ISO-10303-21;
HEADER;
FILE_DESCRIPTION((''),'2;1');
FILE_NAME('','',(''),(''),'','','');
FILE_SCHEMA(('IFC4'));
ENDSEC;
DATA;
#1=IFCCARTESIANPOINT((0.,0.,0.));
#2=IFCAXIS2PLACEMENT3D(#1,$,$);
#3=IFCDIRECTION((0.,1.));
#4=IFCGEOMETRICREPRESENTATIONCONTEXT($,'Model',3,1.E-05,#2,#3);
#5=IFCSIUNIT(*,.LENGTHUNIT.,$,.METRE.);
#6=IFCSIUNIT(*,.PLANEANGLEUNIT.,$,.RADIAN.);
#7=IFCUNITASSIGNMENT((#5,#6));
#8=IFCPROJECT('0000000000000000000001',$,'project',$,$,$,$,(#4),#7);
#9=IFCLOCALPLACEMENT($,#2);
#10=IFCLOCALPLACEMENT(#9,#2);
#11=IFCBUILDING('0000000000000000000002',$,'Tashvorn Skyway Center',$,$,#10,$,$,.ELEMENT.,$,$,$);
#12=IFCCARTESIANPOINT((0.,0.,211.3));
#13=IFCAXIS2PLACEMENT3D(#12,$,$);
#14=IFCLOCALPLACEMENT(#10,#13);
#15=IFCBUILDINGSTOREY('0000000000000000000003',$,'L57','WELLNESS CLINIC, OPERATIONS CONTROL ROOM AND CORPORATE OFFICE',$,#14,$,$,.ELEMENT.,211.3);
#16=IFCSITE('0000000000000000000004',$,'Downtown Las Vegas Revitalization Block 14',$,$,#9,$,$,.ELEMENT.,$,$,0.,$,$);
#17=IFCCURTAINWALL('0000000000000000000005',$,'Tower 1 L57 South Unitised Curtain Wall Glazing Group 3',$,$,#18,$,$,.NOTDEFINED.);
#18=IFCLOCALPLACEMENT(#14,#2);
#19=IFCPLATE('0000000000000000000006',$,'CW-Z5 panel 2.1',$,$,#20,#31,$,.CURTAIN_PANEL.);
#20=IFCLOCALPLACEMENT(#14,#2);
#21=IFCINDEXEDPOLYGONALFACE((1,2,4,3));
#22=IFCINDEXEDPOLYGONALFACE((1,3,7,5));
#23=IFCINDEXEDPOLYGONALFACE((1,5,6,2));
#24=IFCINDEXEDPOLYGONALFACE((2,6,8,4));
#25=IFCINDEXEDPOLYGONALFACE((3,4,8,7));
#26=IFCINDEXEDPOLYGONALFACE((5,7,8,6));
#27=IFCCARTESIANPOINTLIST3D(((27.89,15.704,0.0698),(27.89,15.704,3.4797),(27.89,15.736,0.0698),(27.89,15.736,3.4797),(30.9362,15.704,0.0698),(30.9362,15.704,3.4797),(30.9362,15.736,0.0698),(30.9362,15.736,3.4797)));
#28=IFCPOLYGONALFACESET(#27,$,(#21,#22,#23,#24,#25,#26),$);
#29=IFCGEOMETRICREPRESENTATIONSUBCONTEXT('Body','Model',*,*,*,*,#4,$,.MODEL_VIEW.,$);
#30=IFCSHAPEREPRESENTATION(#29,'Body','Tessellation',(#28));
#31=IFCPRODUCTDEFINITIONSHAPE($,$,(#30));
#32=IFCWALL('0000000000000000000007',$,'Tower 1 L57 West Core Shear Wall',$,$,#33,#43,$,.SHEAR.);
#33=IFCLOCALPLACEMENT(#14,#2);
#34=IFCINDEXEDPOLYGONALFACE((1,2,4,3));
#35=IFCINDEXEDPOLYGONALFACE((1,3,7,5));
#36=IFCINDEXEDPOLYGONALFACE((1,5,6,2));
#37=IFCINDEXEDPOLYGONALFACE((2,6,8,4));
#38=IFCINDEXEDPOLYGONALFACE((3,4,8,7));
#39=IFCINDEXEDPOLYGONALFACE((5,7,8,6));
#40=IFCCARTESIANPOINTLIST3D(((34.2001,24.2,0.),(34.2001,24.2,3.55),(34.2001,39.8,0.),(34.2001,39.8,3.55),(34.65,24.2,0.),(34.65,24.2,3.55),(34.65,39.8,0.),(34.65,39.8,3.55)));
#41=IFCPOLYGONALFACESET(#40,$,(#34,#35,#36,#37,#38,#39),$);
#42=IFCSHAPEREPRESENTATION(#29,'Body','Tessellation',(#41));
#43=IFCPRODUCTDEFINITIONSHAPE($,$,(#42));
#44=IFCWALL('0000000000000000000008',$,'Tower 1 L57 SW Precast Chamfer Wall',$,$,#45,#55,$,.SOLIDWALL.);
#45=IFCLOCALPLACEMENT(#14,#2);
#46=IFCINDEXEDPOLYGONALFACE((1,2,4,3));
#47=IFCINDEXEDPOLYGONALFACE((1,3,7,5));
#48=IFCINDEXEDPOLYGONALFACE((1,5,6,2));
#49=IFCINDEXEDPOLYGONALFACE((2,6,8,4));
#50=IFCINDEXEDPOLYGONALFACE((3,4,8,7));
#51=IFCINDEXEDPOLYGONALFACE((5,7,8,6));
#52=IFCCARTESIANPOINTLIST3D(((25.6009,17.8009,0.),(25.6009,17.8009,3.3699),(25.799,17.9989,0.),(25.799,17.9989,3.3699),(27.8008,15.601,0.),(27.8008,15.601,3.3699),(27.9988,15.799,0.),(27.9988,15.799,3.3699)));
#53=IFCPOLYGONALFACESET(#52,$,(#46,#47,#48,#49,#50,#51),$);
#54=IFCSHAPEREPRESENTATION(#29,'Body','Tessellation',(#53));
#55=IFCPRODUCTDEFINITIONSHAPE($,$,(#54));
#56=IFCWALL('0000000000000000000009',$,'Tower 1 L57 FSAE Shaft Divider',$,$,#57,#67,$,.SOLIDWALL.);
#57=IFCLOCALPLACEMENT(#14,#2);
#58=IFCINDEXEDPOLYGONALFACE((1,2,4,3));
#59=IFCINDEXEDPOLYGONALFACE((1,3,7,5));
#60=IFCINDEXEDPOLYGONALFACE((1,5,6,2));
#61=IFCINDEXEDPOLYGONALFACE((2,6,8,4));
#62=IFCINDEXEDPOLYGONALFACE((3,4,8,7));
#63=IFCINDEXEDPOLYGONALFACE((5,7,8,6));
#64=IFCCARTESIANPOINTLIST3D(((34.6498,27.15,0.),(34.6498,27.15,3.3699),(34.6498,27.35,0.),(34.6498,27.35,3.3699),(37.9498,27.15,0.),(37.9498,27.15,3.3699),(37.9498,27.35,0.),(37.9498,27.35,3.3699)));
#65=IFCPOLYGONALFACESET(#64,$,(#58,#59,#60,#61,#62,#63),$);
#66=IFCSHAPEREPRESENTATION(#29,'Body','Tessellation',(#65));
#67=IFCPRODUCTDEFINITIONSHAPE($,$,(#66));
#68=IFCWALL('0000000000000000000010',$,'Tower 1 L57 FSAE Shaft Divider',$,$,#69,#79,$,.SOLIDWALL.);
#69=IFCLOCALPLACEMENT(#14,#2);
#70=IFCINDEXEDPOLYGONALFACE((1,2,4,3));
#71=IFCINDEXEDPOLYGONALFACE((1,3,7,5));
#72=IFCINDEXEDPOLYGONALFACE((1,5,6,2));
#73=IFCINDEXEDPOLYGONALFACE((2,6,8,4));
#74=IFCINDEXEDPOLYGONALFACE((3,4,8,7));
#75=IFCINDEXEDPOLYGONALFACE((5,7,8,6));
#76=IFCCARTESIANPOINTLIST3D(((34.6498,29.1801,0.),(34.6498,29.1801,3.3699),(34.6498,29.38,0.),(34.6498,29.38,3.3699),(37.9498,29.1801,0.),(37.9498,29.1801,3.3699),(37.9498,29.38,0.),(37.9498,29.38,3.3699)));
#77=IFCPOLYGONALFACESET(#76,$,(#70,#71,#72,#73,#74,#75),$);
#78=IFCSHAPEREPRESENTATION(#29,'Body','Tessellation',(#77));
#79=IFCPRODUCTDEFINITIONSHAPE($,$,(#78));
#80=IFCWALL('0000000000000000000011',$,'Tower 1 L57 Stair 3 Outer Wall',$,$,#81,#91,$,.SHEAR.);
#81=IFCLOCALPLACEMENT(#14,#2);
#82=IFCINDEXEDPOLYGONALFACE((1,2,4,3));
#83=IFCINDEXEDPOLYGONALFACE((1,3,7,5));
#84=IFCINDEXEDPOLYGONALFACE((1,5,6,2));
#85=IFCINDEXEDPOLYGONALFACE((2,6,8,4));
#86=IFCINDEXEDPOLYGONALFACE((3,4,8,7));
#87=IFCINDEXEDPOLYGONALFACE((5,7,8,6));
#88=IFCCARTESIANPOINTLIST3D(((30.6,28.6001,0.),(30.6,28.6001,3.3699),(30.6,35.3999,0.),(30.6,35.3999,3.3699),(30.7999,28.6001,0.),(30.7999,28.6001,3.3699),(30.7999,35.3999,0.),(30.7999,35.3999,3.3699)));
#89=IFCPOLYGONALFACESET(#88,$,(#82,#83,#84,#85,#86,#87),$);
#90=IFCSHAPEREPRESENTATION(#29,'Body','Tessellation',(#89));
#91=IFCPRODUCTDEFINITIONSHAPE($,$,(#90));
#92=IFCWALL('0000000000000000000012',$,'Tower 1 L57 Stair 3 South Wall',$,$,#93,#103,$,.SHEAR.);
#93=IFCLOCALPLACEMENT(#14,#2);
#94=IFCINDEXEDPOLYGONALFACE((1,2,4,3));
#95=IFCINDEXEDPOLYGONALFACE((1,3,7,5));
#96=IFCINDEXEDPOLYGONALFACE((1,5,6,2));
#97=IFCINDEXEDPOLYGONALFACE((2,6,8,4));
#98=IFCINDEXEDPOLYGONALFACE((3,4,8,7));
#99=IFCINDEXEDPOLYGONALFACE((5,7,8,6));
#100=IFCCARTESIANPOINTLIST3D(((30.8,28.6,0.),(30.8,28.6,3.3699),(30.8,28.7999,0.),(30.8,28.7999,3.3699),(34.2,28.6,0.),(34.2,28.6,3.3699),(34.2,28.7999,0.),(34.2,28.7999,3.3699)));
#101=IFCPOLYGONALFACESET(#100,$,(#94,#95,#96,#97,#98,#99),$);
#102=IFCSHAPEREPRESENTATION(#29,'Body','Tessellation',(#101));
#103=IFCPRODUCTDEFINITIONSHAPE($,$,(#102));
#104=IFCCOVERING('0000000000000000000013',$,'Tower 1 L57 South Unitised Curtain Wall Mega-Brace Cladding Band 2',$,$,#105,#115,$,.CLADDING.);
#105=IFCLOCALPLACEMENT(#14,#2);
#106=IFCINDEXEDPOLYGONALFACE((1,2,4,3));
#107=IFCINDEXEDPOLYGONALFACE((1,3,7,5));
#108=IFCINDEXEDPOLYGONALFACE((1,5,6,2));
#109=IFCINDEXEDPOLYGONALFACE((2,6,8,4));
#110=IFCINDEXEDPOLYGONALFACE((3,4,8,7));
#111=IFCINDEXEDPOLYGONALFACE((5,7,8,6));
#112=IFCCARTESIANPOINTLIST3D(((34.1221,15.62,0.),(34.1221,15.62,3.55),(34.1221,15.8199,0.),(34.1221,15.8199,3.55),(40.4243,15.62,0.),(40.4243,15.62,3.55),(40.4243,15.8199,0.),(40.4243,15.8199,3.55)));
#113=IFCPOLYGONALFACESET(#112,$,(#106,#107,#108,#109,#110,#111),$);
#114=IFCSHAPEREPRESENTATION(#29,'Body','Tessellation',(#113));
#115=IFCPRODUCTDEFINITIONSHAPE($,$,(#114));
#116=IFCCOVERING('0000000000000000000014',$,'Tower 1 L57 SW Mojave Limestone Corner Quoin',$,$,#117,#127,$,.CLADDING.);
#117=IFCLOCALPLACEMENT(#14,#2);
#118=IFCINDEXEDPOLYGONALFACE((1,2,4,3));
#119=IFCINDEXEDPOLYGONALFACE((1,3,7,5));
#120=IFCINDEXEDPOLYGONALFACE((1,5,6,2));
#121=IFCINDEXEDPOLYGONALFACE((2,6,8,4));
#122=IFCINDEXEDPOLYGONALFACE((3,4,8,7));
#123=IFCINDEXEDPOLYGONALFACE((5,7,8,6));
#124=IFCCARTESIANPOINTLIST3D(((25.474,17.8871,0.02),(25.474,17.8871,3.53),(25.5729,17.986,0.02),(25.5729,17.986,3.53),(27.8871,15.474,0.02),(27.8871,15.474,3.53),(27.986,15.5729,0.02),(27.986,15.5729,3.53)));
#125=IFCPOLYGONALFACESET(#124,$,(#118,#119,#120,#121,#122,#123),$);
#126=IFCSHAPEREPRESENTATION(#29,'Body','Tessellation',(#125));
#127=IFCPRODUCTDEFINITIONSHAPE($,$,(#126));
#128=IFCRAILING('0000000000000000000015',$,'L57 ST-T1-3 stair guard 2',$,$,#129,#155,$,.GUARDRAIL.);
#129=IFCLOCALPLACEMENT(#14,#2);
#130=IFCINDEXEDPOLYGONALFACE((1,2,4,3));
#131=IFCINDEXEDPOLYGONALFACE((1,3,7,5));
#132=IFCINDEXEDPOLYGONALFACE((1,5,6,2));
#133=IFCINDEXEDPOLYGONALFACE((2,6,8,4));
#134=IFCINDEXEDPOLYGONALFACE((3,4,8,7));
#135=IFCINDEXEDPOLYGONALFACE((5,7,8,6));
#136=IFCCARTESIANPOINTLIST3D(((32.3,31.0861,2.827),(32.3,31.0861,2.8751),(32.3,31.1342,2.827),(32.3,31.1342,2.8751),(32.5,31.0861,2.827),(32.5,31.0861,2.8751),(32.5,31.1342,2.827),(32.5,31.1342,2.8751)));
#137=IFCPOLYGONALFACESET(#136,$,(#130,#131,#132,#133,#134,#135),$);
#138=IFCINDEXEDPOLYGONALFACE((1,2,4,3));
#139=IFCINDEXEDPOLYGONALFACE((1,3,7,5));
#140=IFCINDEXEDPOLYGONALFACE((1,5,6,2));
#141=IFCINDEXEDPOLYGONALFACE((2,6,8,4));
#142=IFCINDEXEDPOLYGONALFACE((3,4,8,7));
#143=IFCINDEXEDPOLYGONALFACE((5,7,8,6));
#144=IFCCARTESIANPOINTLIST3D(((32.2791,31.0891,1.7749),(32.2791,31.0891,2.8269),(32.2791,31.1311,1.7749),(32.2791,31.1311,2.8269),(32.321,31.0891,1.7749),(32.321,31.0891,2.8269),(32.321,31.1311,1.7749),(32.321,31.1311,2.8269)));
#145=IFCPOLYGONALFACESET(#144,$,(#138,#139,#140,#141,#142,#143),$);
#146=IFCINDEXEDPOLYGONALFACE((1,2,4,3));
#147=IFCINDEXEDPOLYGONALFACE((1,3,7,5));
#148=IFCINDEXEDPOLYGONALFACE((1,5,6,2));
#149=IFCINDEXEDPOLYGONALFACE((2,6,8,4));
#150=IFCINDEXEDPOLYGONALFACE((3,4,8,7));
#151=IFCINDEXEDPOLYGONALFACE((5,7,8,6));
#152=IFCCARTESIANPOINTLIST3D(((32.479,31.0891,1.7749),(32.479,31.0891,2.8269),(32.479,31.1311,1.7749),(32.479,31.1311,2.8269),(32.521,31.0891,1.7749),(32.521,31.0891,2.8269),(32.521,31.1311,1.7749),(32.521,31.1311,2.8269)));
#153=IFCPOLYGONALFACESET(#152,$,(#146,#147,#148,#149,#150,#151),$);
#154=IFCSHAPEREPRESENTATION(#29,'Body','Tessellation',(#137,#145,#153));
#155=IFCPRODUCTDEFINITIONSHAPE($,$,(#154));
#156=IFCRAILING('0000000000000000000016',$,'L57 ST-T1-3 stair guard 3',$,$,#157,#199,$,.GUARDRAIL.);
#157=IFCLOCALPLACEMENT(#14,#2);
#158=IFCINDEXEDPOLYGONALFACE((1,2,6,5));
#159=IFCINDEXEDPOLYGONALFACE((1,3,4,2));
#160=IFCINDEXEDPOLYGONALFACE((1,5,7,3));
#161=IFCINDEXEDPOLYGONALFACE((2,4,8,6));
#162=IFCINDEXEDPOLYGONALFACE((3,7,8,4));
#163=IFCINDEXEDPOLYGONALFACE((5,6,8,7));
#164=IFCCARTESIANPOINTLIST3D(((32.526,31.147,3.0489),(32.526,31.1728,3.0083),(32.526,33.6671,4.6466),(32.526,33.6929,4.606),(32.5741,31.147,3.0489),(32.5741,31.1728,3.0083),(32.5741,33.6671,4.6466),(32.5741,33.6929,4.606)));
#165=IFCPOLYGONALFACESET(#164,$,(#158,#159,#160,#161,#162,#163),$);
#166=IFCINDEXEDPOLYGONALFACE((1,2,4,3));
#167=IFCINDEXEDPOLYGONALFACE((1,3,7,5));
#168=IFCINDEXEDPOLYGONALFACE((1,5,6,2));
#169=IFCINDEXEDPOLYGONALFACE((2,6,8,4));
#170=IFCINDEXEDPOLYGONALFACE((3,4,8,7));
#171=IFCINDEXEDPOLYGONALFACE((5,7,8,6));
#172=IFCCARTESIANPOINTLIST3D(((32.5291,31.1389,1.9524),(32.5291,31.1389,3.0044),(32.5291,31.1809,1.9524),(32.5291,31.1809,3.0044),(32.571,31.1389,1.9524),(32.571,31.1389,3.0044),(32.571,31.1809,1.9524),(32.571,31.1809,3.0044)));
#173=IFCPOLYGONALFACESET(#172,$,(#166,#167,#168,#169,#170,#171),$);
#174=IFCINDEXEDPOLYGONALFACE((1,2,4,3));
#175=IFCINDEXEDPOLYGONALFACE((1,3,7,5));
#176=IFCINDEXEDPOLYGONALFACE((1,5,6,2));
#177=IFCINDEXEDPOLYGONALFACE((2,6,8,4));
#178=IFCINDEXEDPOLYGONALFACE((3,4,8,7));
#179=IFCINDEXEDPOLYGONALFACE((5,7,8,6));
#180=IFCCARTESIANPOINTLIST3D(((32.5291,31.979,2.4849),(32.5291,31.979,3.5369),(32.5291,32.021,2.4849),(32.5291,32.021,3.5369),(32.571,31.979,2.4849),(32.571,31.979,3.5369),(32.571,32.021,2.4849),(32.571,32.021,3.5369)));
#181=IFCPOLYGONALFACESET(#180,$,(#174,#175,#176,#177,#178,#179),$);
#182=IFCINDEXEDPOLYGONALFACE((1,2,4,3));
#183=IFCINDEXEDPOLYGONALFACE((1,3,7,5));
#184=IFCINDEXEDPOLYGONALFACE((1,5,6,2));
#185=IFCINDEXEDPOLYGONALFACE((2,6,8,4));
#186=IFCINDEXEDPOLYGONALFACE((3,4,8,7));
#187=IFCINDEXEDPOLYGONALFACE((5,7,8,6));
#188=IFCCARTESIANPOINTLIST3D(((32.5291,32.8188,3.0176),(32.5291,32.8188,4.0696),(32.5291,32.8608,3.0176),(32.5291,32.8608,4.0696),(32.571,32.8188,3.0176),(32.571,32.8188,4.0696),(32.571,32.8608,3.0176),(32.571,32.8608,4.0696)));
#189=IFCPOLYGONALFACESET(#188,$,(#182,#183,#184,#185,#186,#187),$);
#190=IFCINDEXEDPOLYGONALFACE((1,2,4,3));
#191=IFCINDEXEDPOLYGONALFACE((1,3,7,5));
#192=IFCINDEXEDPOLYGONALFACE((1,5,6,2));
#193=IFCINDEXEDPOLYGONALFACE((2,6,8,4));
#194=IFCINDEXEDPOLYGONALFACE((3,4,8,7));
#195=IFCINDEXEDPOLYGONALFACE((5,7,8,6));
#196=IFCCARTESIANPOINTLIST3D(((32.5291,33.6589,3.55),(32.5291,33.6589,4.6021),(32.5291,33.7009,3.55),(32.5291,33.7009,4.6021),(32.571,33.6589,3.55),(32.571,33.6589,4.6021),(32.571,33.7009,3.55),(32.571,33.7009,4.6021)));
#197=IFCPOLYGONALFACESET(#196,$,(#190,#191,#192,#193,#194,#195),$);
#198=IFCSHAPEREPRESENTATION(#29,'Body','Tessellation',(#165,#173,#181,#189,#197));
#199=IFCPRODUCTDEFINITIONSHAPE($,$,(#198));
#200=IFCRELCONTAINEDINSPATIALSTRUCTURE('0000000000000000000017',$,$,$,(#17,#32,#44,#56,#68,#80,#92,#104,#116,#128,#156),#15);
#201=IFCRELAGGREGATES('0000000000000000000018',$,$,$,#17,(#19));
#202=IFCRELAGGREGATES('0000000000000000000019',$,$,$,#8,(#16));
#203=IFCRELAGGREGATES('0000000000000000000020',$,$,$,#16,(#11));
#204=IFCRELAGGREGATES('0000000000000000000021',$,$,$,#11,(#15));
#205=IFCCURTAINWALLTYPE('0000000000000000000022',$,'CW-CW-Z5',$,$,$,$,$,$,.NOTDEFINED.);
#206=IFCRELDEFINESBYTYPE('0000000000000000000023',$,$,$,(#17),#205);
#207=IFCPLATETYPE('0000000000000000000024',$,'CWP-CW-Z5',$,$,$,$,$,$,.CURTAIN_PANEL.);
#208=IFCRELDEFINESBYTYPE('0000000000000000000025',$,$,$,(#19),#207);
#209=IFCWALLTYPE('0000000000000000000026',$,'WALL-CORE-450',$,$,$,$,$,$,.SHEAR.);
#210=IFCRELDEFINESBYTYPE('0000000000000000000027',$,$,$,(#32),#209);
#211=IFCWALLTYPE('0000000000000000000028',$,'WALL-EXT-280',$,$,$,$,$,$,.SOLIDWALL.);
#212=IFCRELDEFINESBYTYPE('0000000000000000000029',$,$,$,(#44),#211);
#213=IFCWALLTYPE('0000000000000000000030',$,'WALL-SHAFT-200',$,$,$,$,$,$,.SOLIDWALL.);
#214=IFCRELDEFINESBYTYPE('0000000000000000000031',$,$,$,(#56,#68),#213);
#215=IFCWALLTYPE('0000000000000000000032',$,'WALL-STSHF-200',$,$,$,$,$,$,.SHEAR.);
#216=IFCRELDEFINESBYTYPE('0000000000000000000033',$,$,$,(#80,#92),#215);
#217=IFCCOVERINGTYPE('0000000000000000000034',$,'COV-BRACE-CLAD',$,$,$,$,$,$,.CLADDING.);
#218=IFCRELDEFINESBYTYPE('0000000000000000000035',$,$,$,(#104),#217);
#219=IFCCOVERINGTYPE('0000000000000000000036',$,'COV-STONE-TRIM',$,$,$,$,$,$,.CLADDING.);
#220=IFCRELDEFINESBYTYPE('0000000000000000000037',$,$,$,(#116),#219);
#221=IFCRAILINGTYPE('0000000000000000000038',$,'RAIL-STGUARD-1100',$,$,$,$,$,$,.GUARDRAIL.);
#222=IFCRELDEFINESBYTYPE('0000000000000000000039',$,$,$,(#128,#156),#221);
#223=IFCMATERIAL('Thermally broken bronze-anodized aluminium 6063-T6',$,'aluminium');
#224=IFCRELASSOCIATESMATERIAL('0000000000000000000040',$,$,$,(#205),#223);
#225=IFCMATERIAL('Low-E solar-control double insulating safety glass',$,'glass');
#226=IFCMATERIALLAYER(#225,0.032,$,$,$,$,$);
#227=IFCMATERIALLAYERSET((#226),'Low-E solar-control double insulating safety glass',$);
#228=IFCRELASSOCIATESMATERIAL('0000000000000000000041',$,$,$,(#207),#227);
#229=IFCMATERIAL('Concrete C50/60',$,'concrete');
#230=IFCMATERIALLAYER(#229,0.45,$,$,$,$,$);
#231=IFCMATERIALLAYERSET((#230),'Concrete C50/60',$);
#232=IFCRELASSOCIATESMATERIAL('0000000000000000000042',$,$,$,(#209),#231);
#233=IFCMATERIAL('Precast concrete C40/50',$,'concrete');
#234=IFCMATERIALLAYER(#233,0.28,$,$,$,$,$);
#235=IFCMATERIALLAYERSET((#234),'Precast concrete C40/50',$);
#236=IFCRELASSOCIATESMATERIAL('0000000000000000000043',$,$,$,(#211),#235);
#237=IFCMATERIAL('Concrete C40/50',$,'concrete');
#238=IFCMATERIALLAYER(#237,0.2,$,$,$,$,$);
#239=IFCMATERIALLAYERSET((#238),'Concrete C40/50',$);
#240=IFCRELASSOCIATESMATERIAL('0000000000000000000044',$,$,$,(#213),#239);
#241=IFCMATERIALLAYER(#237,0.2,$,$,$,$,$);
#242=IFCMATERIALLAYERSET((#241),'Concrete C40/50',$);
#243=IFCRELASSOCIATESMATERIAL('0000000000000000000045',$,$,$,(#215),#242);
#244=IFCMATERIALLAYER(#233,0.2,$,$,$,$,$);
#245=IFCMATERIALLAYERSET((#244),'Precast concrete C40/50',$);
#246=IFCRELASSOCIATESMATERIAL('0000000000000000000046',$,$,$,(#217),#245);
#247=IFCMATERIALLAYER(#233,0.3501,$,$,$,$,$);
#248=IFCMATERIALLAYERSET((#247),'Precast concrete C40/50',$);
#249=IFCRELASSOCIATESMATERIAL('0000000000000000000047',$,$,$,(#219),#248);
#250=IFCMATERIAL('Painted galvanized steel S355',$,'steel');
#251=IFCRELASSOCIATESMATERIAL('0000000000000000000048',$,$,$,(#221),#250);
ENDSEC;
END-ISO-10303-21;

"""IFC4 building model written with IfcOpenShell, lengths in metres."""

from ifc_helpers import new_model, si_unit, direction, frame, frame_2d, origin, origin_2d, place, context, subcontext, project, spatial, rectangle, extrude, material, layer, layer_set, type_object, element, aggregate, save


model = new_model("IFC4")

# Units and contexts
model_context = context("Model", 3, precision=1e-05, world=origin(), true_north=direction((0.0, 1.0)))
body_context = subcontext(model_context, "Body", "Model", "MODEL_VIEW")
ifc_project = project(units=[si_unit("LENGTHUNIT", "METRE"), si_unit("PLANEANGLEUNIT", "RADIAN")], contexts=[model_context])

# Site, building, storey
site_placement = place(None, origin())
site = spatial("IfcSite", under=ifc_project, at=site_placement, Name="Downtown Las Vegas Revitalization Block 14", CompositionType="ELEMENT", RefElevation=0.0)
building_placement = place(site_placement, origin())
building = spatial("IfcBuilding", under=site, at=building_placement, Name="Tashvorn Skyway Center", CompositionType="ELEMENT")
storey_placement = place(building_placement, frame((0.0, 0.0, 211.3)))
storey = spatial("IfcBuildingStorey", under=building, at=storey_placement, Name="L57", Description="WELLNESS CLINIC, OPERATIONS CONTROL ROOM AND CORPORATE OFFICE", CompositionType="ELEMENT", Elevation=211.3)

# Curtain wall, plate
ifc_material_1 = material(Name="Thermally broken bronze-anodized aluminium 6063-T6", Category="aluminium")
curtain_wall_type = type_object("IfcCurtainWallType", Name="CW-CW-Z5", PredefinedType="NOTDEFINED", material=ifc_material_1)
curtain_wall_placement = place(storey_placement, origin())
curtain_wall = element("IfcCurtainWall", 1, at=curtain_wall_placement, inside=storey, type_object=curtain_wall_type, Name="Tower 1 L57 South Unitised Curtain Wall Glazing Group 3", PredefinedType="NOTDEFINED")
ifc_material_2 = material(Name="Low-E solar-control double insulating safety glass", Category="glass")
ifc_layer_1 = layer(ifc_material_2, 0.032)
ifc_layer_set_1 = layer_set([ifc_layer_1], Name="Low-E solar-control double insulating safety glass")
plate_type = type_object("IfcPlateType", Name="CWP-CW-Z5", PredefinedType="CURTAIN_PANEL", material=ifc_layer_set_1)
plate_1_placement = place(storey_placement, frame((29.4131, 15.72, 0.0698), z_axis=(0.0, 0.0, 1.0), x_axis=(-1.0, 0.0, 0.0)))
plate_1 = element("IfcPlate", 2, at=plate_1_placement, type_object=plate_type, Name="CW-Z5 panel 2.1", PredefinedType="CURTAIN_PANEL", context=body_context, shape_type="SweptSolid", body=[
    extrude(rectangle(XDim=3.0461, YDim=0.032, at=origin_2d()), origin(), (0.0, 0.0, 1.0), 3.4099),
])
aggregate(curtain_wall, [plate_1])

# Walls
ifc_material_3 = material(Name="Concrete C50/60", Category="concrete")
ifc_layer_2 = layer(ifc_material_3, 0.45)
ifc_layer_set_2 = layer_set([ifc_layer_2], Name="Concrete C50/60")
wall_type_1 = type_object("IfcWallType", Name="WALL-CORE-450", PredefinedType="SHEAR", material=ifc_layer_set_2)
wall_1_placement = place(storey_placement, frame((34.425, 24.2, 0.0), z_axis=(0.0, 0.0, 1.0), x_axis=(0.0, 1.0, 0.0)))
element("IfcWall", 3, at=wall_1_placement, inside=storey, type_object=wall_type_1, Name="Tower 1 L57 West Core Shear Wall", PredefinedType="SHEAR", context=body_context, shape_type="SweptSolid", body=[
    extrude(rectangle(XDim=15.6001, YDim=0.45, at=frame_2d((7.8, 0.0))), origin(), (0.0, 0.0, 1.0), 3.55),
])
ifc_material_4 = material(Name="Precast concrete C40/50", Category="concrete")
ifc_layer_3 = layer(ifc_material_4, 0.28)
ifc_layer_set_3 = layer_set([ifc_layer_3], Name="Precast concrete C40/50")
wall_type_2 = type_object("IfcWallType", Name="WALL-EXT-280", PredefinedType="SOLIDWALL", material=ifc_layer_set_3)
wall_2_placement = place(storey_placement, frame((27.8999, 15.7, 0.0), z_axis=(0.0, 0.0, 1.0), x_axis=(-0.707107, 0.707107, 0.0)))
element("IfcWall", 4, at=wall_2_placement, inside=storey, type_object=wall_type_2, Name="Tower 1 L57 SW Precast Chamfer Wall", PredefinedType="SOLIDWALL", context=body_context, shape_type="SweptSolid", body=[
    extrude(rectangle(XDim=3.1111, YDim=0.28, at=frame_2d((1.5557, 0.0))), origin(), (0.0, 0.0, 1.0), 3.3699),
])
ifc_material_5 = material(Name="Concrete C40/50", Category="concrete")
ifc_layer_4 = layer(ifc_material_5, 0.2)
ifc_layer_set_4 = layer_set([ifc_layer_4], Name="Concrete C40/50")
wall_type_3 = type_object("IfcWallType", Name="WALL-SHAFT-200", PredefinedType="SOLIDWALL", material=ifc_layer_set_4)
for number, where, z_axis, x_axis, name in (
    (5, (34.6499, 27.25, 0.0), (0.0, 0.0, 1.0), (1.0, 0.0, 0.0), "Tower 1 L57 FSAE Shaft Divider"),
    (6, (34.6499, 29.28, 0.0), (0.0, 0.0, 1.0), (1.0, 0.0, 0.0), "Tower 1 L57 FSAE Shaft Divider"),
):
    element("IfcWall", number, at=place(storey_placement, frame(where, z_axis=z_axis, x_axis=x_axis)), inside=storey, type_object=wall_type_3, Name=name, PredefinedType="SOLIDWALL", context=body_context, shape_type="SweptSolid", body=[
        extrude(rectangle(XDim=3.3, YDim=0.2, at=frame_2d((1.6499, 0.0))), origin(), (0.0, 0.0, 1.0), 3.3699),
    ])
ifc_layer_5 = layer(ifc_material_5, 0.2)
ifc_layer_set_5 = layer_set([ifc_layer_5], Name="Concrete C40/50")
wall_type_4 = type_object("IfcWallType", Name="WALL-STSHF-200", PredefinedType="SHEAR", material=ifc_layer_set_5)
wall_3_placement = place(storey_placement, frame((30.7, 28.6001, 0.0), z_axis=(0.0, 0.0, 1.0), x_axis=(0.0, 1.0, 0.0)))
element("IfcWall", 7, at=wall_3_placement, inside=storey, type_object=wall_type_4, Name="Tower 1 L57 Stair 3 Outer Wall", PredefinedType="SHEAR", context=body_context, shape_type="SweptSolid", body=[
    extrude(rectangle(XDim=6.7998, YDim=0.2, at=frame_2d((3.3999, 0.0))), origin(), (0.0, 0.0, 1.0), 3.3699),
])
wall_4_placement = place(storey_placement, frame((30.8, 28.7, 0.0), z_axis=(0.0, 0.0, 1.0), x_axis=(1.0, 0.0, 0.0)))
element("IfcWall", 8, at=wall_4_placement, inside=storey, type_object=wall_type_4, Name="Tower 1 L57 Stair 3 South Wall", PredefinedType="SHEAR", context=body_context, shape_type="SweptSolid", body=[
    extrude(rectangle(XDim=3.3999, YDim=0.2, at=frame_2d((1.7, 0.0))), origin(), (0.0, 0.0, 1.0), 3.3699),
])

# Coverings
ifc_layer_6 = layer(ifc_material_4, 0.2)
ifc_layer_set_6 = layer_set([ifc_layer_6], Name="Precast concrete C40/50")
covering_type_1 = type_object("IfcCoveringType", Name="COV-BRACE-CLAD", PredefinedType="CLADDING", material=ifc_layer_set_6)
covering_1_placement = place(storey_placement, frame((37.2732, 15.72, 0.0), z_axis=(0.0, 0.0, 1.0), x_axis=(-1.0, 0.0, 0.0)))
element("IfcCovering", 9, at=covering_1_placement, inside=storey, type_object=covering_type_1, Name="Tower 1 L57 South Unitised Curtain Wall Mega-Brace Cladding Band 2", PredefinedType="CLADDING", context=body_context, shape_type="SweptSolid", body=[
    extrude(rectangle(XDim=6.3022, YDim=0.2, at=origin_2d()), origin(), (0.0, 0.0, 1.0), 3.55),
])
ifc_layer_7 = layer(ifc_material_4, 0.3501)
ifc_layer_set_7 = layer_set([ifc_layer_7], Name="Precast concrete C40/50")
covering_type_2 = type_object("IfcCoveringType", Name="COV-STONE-TRIM", PredefinedType="CLADDING", material=ifc_layer_set_7)
covering_2_placement = place(storey_placement, frame((26.73, 16.73, 0.02), z_axis=(0.0, 0.0, 1.0), x_axis=(-0.707107, 0.707107, 0.0)))
element("IfcCovering", 10, at=covering_2_placement, inside=storey, type_object=covering_type_2, Name="Tower 1 L57 SW Mojave Limestone Corner Quoin", PredefinedType="CLADDING", context=body_context, shape_type="SweptSolid", body=[
    extrude(rectangle(XDim=3.4126, YDim=0.1399, at=origin_2d()), origin(), (0.0, 0.0, 1.0), 3.51),
])

# Railings
ifc_material_6 = material(Name="Painted galvanized steel S355", Category="steel")
railing_type = type_object("IfcRailingType", Name="RAIL-STGUARD-1100", PredefinedType="GUARDRAIL", material=ifc_material_6)
railing_1_placement = place(storey_placement, frame((32.3, 31.1101, 1.7749)))
element("IfcRailing", 11, at=railing_1_placement, inside=storey, type_object=railing_type, Name="L57 ST-T1-3 stair guard 2", PredefinedType="GUARDRAIL", context=body_context, shape_type="SweptSolid", body=[
    extrude(rectangle(XDim=0.0481, YDim=0.0481, at=origin_2d()), frame((0.0, 0.0, 1.0762), z_axis=(1.0, 0.0, 0.0), x_axis=(0.0, 1.0, 0.0)), (0.0, 0.0, 1.0), 0.2),
    extrude(rectangle(XDim=0.042, YDim=0.042, at=origin_2d()), origin(), (0.0, 0.0, 1.0), 1.052),
    extrude(rectangle(XDim=0.042, YDim=0.042, at=origin_2d()), frame((0.2, 0.0, 0.0)), (0.0, 0.0, 1.0), 1.052),
])
railing_2_placement = place(storey_placement, frame((32.55, 31.1599, 1.9524)))
element("IfcRailing", 12, at=railing_2_placement, inside=storey, type_object=railing_type, Name="L57 ST-T1-3 stair guard 3", PredefinedType="GUARDRAIL", context=body_context, shape_type="SweptSolid", body=[
    extrude(rectangle(XDim=0.0481, YDim=0.0481, at=origin_2d()), frame((0.0, 0.0, 1.0762), z_axis=(0.0, 0.84457, 0.535445), x_axis=(-1.0, 0.0, 0.0)), (0.0, 0.0, 1.0), 2.9839),
    extrude(rectangle(XDim=0.042, YDim=0.042, at=origin_2d()), origin(), (0.0, 0.0, 1.0), 1.052),
    extrude(rectangle(XDim=0.042, YDim=0.042, at=origin_2d()), frame((0.0, 0.8401, 0.5325)), (0.0, 0.0, 1.0), 1.052),
    extrude(rectangle(XDim=0.042, YDim=0.042, at=origin_2d()), frame((0.0, 1.6799, 1.0652)), (0.0, 0.0, 1.0), 1.052),
    extrude(rectangle(XDim=0.042, YDim=0.042, at=origin_2d()), frame((0.0, 2.52, 1.5977)), (0.0, 0.0, 1.0), 1.052),
])

save(model, "model.ifc")
